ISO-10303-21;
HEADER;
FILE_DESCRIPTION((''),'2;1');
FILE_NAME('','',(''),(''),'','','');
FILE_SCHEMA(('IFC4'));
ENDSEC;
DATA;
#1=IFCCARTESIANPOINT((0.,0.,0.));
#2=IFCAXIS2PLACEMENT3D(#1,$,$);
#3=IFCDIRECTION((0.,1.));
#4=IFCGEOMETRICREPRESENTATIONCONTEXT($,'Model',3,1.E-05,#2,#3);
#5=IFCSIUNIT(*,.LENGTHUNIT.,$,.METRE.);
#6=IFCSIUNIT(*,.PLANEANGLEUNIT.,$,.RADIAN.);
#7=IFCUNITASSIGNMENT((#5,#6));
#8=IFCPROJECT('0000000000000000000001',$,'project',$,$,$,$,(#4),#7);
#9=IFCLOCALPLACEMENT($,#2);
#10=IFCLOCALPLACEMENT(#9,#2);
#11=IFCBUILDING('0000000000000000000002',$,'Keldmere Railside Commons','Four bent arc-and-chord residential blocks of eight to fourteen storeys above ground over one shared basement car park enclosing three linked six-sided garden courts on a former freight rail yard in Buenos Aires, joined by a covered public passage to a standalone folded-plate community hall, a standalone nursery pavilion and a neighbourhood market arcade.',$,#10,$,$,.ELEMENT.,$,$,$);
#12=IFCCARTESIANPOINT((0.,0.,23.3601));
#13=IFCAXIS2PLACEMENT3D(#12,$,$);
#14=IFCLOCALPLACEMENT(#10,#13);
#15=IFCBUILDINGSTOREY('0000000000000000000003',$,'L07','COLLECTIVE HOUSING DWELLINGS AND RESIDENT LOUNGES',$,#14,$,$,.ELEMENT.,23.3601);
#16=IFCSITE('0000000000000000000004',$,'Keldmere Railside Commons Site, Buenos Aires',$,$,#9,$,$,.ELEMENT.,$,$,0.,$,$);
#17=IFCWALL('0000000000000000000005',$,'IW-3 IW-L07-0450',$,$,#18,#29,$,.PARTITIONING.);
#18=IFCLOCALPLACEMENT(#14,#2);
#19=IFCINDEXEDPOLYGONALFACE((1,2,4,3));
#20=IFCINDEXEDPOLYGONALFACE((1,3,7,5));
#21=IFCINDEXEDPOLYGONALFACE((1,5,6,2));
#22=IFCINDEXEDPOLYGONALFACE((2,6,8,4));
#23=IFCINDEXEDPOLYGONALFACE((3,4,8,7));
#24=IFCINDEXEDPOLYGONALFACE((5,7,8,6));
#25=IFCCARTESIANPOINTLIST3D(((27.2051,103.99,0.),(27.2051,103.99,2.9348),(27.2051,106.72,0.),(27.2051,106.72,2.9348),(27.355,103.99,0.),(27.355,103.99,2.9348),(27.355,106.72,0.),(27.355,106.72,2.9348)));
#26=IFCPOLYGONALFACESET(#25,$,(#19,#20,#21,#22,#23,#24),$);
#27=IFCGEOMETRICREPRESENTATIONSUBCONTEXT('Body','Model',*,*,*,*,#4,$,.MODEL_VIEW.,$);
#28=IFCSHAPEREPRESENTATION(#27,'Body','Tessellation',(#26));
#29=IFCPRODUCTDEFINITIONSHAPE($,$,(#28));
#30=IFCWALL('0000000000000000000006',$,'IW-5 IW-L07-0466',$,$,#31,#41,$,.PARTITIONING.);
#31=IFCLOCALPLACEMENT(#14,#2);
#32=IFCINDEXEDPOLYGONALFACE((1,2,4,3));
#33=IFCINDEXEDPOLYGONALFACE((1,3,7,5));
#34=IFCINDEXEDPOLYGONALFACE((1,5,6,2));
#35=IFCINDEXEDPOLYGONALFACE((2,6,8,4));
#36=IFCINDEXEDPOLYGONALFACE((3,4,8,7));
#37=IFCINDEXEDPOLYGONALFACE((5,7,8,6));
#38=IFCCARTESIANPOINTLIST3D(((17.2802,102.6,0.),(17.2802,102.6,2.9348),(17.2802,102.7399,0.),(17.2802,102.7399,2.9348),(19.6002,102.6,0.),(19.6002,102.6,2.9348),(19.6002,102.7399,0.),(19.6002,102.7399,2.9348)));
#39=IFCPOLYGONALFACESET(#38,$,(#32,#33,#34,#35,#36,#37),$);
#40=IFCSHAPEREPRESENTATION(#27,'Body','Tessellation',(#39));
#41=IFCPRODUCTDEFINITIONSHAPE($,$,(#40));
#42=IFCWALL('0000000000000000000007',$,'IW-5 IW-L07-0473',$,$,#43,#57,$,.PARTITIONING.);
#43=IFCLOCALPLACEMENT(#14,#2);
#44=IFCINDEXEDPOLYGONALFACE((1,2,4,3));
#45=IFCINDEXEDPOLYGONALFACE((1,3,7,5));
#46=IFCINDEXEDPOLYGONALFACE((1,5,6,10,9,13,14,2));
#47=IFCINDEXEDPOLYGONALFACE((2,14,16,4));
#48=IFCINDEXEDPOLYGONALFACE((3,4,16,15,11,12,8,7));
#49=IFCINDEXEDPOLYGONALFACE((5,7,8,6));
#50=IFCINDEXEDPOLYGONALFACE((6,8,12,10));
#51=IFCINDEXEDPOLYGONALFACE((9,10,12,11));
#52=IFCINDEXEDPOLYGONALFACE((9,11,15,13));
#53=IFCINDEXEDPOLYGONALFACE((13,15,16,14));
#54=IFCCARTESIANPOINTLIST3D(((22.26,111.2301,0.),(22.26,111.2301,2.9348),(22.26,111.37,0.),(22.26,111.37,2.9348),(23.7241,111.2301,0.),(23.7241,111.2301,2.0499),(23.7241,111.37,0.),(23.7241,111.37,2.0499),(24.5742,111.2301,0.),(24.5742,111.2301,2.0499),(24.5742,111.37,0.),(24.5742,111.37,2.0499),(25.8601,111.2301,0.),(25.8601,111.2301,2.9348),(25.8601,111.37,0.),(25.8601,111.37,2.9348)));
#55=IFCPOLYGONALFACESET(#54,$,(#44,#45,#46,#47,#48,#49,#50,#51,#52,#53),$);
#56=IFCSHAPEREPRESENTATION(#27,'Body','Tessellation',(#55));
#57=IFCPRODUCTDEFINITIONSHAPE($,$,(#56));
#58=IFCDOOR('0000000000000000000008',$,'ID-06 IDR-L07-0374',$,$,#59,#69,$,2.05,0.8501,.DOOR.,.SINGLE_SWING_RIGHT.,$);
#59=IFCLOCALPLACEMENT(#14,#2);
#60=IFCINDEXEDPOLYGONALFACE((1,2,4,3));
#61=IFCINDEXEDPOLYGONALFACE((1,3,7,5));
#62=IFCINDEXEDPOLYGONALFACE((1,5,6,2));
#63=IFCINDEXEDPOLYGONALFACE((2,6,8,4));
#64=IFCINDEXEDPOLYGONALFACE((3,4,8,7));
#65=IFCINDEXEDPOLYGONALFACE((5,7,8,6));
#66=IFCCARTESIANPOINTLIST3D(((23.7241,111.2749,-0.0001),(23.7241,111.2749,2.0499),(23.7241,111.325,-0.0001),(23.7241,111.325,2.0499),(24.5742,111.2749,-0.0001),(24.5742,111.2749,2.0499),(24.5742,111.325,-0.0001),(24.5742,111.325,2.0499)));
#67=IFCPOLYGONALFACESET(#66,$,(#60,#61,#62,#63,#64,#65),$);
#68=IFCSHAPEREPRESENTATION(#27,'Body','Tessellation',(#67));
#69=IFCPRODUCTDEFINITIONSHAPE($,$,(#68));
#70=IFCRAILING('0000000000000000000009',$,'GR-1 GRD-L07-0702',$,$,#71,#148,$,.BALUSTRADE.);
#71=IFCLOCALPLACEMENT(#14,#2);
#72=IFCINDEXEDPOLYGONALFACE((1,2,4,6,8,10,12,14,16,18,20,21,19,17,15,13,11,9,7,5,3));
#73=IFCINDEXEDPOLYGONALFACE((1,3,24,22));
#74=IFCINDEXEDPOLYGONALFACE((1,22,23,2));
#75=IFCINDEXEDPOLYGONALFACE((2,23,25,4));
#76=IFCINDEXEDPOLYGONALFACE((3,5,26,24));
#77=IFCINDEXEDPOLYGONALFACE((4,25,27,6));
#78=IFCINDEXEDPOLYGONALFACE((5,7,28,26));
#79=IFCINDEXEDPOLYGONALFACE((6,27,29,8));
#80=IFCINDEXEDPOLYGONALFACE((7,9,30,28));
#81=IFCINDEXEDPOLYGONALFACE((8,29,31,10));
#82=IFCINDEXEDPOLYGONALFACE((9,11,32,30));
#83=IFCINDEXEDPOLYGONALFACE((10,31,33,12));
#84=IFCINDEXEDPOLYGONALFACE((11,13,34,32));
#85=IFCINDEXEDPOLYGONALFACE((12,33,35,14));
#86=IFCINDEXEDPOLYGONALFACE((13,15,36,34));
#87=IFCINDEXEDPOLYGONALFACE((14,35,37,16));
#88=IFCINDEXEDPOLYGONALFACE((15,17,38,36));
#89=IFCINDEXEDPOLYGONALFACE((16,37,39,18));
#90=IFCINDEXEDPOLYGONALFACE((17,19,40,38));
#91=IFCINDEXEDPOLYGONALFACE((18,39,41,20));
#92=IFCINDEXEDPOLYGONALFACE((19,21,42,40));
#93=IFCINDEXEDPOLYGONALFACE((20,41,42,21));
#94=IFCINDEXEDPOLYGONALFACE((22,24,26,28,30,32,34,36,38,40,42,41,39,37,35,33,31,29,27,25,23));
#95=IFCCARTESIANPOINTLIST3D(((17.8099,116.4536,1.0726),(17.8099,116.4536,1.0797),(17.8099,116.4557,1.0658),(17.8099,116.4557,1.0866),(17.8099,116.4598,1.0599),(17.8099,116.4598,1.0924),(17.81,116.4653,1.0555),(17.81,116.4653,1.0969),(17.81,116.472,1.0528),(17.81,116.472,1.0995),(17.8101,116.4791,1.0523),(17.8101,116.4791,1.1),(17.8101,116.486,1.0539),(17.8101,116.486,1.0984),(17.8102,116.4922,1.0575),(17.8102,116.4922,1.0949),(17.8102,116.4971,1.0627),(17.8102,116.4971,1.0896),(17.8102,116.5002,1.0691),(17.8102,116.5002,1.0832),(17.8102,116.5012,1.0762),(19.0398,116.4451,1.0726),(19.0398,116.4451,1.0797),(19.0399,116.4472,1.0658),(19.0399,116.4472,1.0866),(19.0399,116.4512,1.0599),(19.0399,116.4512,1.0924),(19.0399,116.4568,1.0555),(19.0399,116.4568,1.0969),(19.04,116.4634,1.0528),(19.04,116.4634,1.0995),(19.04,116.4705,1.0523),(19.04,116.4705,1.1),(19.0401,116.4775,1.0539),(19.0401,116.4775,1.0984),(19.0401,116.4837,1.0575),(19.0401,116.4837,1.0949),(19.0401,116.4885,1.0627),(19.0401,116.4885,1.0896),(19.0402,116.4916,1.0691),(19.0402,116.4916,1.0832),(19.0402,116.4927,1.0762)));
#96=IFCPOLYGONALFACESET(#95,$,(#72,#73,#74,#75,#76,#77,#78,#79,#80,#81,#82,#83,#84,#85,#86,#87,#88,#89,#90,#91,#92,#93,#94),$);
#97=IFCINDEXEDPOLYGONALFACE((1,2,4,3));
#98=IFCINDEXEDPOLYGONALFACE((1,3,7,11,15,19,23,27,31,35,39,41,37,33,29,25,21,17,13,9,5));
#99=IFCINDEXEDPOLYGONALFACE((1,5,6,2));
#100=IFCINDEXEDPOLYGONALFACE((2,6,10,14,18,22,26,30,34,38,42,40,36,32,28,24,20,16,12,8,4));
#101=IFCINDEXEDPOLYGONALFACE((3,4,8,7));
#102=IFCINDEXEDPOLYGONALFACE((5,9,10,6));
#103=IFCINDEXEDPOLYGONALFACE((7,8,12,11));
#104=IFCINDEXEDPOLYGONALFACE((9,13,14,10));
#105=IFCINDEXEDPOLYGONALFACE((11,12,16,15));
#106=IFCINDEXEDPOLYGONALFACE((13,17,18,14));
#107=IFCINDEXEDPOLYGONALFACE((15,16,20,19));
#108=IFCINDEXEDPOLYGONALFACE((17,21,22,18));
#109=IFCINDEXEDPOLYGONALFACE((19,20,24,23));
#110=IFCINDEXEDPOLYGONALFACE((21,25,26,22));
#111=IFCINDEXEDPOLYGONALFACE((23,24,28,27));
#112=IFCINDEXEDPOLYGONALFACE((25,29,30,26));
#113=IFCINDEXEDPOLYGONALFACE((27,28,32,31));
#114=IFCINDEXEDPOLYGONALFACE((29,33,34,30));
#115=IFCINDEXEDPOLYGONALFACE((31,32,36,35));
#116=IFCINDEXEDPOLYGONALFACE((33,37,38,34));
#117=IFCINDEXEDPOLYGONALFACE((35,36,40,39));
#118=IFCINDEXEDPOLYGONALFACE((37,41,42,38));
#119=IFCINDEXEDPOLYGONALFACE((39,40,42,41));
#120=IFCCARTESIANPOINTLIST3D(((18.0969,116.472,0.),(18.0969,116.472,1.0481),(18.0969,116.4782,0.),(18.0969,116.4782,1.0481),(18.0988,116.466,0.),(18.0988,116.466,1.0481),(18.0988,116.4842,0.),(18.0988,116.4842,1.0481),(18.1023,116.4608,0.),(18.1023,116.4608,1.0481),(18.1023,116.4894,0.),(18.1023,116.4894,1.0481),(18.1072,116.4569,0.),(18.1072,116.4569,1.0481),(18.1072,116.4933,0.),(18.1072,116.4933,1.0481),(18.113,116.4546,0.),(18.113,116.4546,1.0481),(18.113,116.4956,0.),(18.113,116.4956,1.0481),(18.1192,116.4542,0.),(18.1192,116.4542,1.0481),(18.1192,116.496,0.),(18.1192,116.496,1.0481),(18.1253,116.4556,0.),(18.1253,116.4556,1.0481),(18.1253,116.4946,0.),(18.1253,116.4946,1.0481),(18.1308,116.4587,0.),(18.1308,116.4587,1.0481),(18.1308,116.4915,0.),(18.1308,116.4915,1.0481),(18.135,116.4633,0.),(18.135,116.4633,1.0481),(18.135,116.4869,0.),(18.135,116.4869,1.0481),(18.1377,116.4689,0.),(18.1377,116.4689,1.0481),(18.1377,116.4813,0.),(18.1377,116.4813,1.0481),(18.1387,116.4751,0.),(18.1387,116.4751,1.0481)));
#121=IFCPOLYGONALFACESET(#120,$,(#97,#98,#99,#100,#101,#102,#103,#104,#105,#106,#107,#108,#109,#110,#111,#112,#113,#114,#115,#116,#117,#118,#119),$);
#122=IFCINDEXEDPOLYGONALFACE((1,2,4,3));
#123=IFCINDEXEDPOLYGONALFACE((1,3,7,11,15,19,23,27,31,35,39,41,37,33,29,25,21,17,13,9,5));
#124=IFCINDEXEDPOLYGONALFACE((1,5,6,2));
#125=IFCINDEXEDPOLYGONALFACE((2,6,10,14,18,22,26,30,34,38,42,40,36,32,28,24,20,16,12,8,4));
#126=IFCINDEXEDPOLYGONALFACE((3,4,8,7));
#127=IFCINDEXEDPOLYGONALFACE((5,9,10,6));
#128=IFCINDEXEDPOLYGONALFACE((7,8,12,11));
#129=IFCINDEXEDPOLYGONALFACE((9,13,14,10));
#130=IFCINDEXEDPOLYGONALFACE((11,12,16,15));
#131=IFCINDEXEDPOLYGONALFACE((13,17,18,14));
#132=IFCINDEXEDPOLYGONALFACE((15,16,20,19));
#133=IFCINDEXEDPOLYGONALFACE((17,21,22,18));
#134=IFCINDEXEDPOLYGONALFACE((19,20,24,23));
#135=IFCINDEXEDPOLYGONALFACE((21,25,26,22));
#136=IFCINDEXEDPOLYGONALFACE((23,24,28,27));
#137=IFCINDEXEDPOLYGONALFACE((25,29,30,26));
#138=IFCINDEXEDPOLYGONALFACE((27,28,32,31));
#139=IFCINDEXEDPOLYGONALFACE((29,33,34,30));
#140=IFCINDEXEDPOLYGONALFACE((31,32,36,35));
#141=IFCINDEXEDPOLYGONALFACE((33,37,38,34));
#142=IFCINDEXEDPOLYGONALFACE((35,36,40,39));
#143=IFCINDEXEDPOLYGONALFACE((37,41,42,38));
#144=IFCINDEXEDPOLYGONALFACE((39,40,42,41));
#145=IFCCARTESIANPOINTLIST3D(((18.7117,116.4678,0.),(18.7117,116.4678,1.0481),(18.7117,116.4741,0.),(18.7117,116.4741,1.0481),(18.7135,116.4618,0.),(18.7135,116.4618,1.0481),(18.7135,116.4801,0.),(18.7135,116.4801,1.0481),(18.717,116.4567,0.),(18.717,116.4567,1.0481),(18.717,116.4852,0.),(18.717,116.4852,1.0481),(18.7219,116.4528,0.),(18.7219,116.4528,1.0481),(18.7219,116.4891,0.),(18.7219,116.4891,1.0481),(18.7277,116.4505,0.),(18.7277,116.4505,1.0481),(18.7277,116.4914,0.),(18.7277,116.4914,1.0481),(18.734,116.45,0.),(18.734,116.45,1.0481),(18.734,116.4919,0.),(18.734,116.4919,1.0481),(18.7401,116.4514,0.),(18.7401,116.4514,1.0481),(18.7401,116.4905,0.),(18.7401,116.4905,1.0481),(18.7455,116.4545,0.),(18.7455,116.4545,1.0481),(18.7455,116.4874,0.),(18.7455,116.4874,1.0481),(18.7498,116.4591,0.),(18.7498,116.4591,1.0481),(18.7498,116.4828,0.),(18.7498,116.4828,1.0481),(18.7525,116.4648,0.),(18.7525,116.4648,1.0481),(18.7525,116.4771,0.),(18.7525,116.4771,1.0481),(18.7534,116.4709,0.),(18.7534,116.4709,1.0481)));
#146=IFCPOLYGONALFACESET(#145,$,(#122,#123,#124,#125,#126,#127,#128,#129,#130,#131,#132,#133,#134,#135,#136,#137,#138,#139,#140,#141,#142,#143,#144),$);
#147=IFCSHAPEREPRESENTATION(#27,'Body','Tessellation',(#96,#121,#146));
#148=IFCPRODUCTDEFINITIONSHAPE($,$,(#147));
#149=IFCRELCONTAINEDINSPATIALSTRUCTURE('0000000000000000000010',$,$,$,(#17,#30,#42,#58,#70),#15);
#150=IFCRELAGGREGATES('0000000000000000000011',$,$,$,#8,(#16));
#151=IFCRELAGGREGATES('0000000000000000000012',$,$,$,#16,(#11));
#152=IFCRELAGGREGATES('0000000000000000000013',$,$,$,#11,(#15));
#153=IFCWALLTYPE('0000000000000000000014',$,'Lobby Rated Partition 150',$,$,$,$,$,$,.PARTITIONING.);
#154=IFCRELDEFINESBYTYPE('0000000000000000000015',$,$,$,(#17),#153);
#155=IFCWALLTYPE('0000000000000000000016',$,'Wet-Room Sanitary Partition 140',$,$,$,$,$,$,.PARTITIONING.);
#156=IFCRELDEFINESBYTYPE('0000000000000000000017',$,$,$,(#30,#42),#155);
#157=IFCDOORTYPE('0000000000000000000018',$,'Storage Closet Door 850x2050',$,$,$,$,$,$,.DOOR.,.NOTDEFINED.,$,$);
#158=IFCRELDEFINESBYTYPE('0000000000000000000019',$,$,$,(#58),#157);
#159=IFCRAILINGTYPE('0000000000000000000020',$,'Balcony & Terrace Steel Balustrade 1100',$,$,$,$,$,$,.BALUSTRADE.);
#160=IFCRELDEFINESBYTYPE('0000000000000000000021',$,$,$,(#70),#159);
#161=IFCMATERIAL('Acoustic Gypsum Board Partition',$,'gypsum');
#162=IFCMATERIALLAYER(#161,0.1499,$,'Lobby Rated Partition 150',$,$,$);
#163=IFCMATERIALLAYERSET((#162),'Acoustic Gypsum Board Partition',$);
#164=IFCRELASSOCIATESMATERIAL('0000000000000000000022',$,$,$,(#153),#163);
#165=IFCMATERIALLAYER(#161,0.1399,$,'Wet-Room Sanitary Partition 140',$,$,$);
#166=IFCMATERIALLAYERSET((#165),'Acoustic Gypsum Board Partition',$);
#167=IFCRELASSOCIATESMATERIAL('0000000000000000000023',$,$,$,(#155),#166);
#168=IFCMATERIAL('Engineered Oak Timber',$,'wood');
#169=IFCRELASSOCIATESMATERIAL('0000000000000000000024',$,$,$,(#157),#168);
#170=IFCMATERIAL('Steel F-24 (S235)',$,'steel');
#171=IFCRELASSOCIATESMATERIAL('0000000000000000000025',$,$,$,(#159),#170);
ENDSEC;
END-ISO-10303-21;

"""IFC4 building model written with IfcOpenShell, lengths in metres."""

from ifc_helpers import new_model, si_unit, direction, frame, frame_2d, origin, origin_2d, place, context, subcontext, project, spatial, rectangle, circle, extrude, material, layer, layer_set, type_object, element, fill, save


model = new_model("IFC4")

# Units and contexts
model_context = context("Model", 3, precision=1e-05, world=origin(), true_north=direction((0.0, 1.0)))
body_context = subcontext(model_context, "Body", "Model", "MODEL_VIEW")
ifc_project = project(units=[si_unit("LENGTHUNIT", "METRE"), si_unit("PLANEANGLEUNIT", "RADIAN")], contexts=[model_context])

# Site, building, storey
site_placement = place(None, origin())
site = spatial("IfcSite", under=ifc_project, at=site_placement, Name="Keldmere Railside Commons Site, Buenos Aires", CompositionType="ELEMENT", RefElevation=0.0)
building_placement = place(site_placement, origin())
building = spatial("IfcBuilding", under=site, at=building_placement, Name="Keldmere Railside Commons", Description="Four bent arc-and-chord residential blocks of eight to fourteen storeys above ground over one shared basement car park enclosing three linked six-sided garden courts on a former freight rail yard in Buenos Aires, joined by a covered public passage to a standalone folded-plate community hall, a standalone nursery pavilion and a neighbourhood market arcade.", CompositionType="ELEMENT")
storey_placement = place(building_placement, frame((0.0, 0.0, 23.3601)))
storey = spatial("IfcBuildingStorey", under=building, at=storey_placement, Name="L07", Description="COLLECTIVE HOUSING DWELLINGS AND RESIDENT LOUNGES", CompositionType="ELEMENT", Elevation=23.3601)

# Shared definitions
ifc_material_1 = material(Name="Acoustic Gypsum Board Partition", Category="gypsum")

# Shared definitions
ifc_material_2 = material(Name="Engineered Oak Timber", Category="wood")

# Walls
ifc_layer_1 = layer(ifc_material_1, 0.1499, Name="Lobby Rated Partition 150")
ifc_layer_set_1 = layer_set([ifc_layer_1], Name="Acoustic Gypsum Board Partition")
wall_type_1 = type_object("IfcWallType", Name="Lobby Rated Partition 150", PredefinedType="PARTITIONING", material=ifc_layer_set_1)
wall_1_placement = place(storey_placement, frame((27.28, 103.99, 0.0), z_axis=(0.0, 0.0, 1.0), x_axis=(0.0, 1.0, 0.0)))
element("IfcWall", 1, at=wall_1_placement, inside=storey, type_object=wall_type_1, Name="IW-3 IW-L07-0450", PredefinedType="PARTITIONING", context=body_context, shape_type="SweptSolid", body=[
    extrude(rectangle(XDim=2.73, YDim=0.1499, at=frame_2d((1.365, 0.0))), origin(), (0.0, 0.0, 1.0), 2.9348),
])
ifc_layer_2 = layer(ifc_material_1, 0.1399, Name="Wet-Room Sanitary Partition 140")
ifc_layer_set_2 = layer_set([ifc_layer_2], Name="Acoustic Gypsum Board Partition")
wall_type_2 = type_object("IfcWallType", Name="Wet-Room Sanitary Partition 140", PredefinedType="PARTITIONING", material=ifc_layer_set_2)
wall_2_placement = place(storey_placement, frame((17.28, 102.6699, 0.0), z_axis=(0.0, 0.0, 1.0), x_axis=(1.0, 0.0, 0.0)))
element("IfcWall", 2, at=wall_2_placement, inside=storey, type_object=wall_type_2, Name="IW-5 IW-L07-0466", PredefinedType="PARTITIONING", context=body_context, shape_type="SweptSolid", body=[
    extrude(rectangle(XDim=2.3201, YDim=0.1399, at=frame_2d((1.1602, 0.0))), origin(), (0.0, 0.0, 1.0), 2.9348),
])

# Wall, opening, door
wall_3_placement = place(storey_placement, frame((22.26, 111.3, 0.0), z_axis=(0.0, 0.0, 1.0), x_axis=(1.0, 0.0, 0.0)))
wall_3 = element("IfcWall", 3, at=wall_3_placement, inside=storey, type_object=wall_type_2, Name="IW-5 IW-L07-0473", PredefinedType="PARTITIONING", context=body_context, shape_type="SweptSolid", body=[
    extrude(rectangle(XDim=3.6001, YDim=0.1399, at=frame_2d((1.8, 0.0))), origin(), (0.0, 0.0, 1.0), 2.9348),
])
opening_1_placement = place(wall_3_placement, frame((1.4641, 0.0, 0.0)))
opening_1 = element("IfcOpeningElement", 4, at=opening_1_placement, cuts=wall_3, PredefinedType="OPENING", context=body_context, shape_type="SweptSolid", body=[
    extrude(rectangle(XDim=0.8501, YDim=2.05, at=frame_2d((0.425, 1.0249))), frame((0.0, 0.0798, 0.0), z_axis=(0.0, -1.0, 0.0), x_axis=(1.0, 0.0, 0.0)), (0.0, 0.0, 1.0), 0.1599),
])
door_type_1 = type_object("IfcDoorType", Name="Storage Closet Door 850x2050", OperationType="NOTDEFINED", PredefinedType="DOOR", material=ifc_material_2)
door_1_placement = place(opening_1_placement, origin())
door_1 = element("IfcDoor", 5, at=door_1_placement, inside=storey, type_object=door_type_1, Name="ID-06 IDR-L07-0374", OperationType="SINGLE_SWING_RIGHT", OverallHeight=2.05, OverallWidth=0.8501, PredefinedType="DOOR", context=body_context, shape_type="SweptSolid", body=[
    extrude(rectangle(XDim=0.8501, YDim=2.05, at=frame_2d((0.425, 1.0249))), frame((0.0, 0.0249, 0.0), z_axis=(0.0, -1.0, 0.0), x_axis=(1.0, 0.0, 0.0)), (0.0, 0.0, 1.0), 0.05),
])
fill(opening_1, door_1)

# Railing
ifc_material_3 = material(Name="Steel F-24 (S235)", Category="steel")
railing_type_1 = type_object("IfcRailingType", Name="Balcony & Terrace Steel Balustrade 1100", PredefinedType="BALUSTRADE", material=ifc_material_3)
railing_1_placement = place(storey_placement, frame((17.8101, 116.4773, 0.0)))
element("IfcRailing", 6, at=railing_1_placement, inside=storey, type_object=railing_type_1, Name="GR-1 GRD-L07-0702", PredefinedType="BALUSTRADE", context=body_context, shape_type="SweptSolid", body=[
    extrude(circle(Radius=0.0239, at=origin_2d()), frame((0.0, 0.0, 1.0762), z_axis=(0.999976, -0.006947, 0.0), x_axis=(0.006947, 0.999976, 0.0)), (0.0, 0.0, 1.0), 1.23),
    extrude(circle(Radius=0.021, at=origin_2d()), frame((0.3076, -0.0022, 0.0)), (0.0, 0.0, 1.0), 1.0481),
    extrude(circle(Radius=0.021, at=origin_2d()), frame((0.9224, -0.0063, 0.0)), (0.0, 0.0, 1.0), 1.0481),
])

save(model, "model.ifc")
